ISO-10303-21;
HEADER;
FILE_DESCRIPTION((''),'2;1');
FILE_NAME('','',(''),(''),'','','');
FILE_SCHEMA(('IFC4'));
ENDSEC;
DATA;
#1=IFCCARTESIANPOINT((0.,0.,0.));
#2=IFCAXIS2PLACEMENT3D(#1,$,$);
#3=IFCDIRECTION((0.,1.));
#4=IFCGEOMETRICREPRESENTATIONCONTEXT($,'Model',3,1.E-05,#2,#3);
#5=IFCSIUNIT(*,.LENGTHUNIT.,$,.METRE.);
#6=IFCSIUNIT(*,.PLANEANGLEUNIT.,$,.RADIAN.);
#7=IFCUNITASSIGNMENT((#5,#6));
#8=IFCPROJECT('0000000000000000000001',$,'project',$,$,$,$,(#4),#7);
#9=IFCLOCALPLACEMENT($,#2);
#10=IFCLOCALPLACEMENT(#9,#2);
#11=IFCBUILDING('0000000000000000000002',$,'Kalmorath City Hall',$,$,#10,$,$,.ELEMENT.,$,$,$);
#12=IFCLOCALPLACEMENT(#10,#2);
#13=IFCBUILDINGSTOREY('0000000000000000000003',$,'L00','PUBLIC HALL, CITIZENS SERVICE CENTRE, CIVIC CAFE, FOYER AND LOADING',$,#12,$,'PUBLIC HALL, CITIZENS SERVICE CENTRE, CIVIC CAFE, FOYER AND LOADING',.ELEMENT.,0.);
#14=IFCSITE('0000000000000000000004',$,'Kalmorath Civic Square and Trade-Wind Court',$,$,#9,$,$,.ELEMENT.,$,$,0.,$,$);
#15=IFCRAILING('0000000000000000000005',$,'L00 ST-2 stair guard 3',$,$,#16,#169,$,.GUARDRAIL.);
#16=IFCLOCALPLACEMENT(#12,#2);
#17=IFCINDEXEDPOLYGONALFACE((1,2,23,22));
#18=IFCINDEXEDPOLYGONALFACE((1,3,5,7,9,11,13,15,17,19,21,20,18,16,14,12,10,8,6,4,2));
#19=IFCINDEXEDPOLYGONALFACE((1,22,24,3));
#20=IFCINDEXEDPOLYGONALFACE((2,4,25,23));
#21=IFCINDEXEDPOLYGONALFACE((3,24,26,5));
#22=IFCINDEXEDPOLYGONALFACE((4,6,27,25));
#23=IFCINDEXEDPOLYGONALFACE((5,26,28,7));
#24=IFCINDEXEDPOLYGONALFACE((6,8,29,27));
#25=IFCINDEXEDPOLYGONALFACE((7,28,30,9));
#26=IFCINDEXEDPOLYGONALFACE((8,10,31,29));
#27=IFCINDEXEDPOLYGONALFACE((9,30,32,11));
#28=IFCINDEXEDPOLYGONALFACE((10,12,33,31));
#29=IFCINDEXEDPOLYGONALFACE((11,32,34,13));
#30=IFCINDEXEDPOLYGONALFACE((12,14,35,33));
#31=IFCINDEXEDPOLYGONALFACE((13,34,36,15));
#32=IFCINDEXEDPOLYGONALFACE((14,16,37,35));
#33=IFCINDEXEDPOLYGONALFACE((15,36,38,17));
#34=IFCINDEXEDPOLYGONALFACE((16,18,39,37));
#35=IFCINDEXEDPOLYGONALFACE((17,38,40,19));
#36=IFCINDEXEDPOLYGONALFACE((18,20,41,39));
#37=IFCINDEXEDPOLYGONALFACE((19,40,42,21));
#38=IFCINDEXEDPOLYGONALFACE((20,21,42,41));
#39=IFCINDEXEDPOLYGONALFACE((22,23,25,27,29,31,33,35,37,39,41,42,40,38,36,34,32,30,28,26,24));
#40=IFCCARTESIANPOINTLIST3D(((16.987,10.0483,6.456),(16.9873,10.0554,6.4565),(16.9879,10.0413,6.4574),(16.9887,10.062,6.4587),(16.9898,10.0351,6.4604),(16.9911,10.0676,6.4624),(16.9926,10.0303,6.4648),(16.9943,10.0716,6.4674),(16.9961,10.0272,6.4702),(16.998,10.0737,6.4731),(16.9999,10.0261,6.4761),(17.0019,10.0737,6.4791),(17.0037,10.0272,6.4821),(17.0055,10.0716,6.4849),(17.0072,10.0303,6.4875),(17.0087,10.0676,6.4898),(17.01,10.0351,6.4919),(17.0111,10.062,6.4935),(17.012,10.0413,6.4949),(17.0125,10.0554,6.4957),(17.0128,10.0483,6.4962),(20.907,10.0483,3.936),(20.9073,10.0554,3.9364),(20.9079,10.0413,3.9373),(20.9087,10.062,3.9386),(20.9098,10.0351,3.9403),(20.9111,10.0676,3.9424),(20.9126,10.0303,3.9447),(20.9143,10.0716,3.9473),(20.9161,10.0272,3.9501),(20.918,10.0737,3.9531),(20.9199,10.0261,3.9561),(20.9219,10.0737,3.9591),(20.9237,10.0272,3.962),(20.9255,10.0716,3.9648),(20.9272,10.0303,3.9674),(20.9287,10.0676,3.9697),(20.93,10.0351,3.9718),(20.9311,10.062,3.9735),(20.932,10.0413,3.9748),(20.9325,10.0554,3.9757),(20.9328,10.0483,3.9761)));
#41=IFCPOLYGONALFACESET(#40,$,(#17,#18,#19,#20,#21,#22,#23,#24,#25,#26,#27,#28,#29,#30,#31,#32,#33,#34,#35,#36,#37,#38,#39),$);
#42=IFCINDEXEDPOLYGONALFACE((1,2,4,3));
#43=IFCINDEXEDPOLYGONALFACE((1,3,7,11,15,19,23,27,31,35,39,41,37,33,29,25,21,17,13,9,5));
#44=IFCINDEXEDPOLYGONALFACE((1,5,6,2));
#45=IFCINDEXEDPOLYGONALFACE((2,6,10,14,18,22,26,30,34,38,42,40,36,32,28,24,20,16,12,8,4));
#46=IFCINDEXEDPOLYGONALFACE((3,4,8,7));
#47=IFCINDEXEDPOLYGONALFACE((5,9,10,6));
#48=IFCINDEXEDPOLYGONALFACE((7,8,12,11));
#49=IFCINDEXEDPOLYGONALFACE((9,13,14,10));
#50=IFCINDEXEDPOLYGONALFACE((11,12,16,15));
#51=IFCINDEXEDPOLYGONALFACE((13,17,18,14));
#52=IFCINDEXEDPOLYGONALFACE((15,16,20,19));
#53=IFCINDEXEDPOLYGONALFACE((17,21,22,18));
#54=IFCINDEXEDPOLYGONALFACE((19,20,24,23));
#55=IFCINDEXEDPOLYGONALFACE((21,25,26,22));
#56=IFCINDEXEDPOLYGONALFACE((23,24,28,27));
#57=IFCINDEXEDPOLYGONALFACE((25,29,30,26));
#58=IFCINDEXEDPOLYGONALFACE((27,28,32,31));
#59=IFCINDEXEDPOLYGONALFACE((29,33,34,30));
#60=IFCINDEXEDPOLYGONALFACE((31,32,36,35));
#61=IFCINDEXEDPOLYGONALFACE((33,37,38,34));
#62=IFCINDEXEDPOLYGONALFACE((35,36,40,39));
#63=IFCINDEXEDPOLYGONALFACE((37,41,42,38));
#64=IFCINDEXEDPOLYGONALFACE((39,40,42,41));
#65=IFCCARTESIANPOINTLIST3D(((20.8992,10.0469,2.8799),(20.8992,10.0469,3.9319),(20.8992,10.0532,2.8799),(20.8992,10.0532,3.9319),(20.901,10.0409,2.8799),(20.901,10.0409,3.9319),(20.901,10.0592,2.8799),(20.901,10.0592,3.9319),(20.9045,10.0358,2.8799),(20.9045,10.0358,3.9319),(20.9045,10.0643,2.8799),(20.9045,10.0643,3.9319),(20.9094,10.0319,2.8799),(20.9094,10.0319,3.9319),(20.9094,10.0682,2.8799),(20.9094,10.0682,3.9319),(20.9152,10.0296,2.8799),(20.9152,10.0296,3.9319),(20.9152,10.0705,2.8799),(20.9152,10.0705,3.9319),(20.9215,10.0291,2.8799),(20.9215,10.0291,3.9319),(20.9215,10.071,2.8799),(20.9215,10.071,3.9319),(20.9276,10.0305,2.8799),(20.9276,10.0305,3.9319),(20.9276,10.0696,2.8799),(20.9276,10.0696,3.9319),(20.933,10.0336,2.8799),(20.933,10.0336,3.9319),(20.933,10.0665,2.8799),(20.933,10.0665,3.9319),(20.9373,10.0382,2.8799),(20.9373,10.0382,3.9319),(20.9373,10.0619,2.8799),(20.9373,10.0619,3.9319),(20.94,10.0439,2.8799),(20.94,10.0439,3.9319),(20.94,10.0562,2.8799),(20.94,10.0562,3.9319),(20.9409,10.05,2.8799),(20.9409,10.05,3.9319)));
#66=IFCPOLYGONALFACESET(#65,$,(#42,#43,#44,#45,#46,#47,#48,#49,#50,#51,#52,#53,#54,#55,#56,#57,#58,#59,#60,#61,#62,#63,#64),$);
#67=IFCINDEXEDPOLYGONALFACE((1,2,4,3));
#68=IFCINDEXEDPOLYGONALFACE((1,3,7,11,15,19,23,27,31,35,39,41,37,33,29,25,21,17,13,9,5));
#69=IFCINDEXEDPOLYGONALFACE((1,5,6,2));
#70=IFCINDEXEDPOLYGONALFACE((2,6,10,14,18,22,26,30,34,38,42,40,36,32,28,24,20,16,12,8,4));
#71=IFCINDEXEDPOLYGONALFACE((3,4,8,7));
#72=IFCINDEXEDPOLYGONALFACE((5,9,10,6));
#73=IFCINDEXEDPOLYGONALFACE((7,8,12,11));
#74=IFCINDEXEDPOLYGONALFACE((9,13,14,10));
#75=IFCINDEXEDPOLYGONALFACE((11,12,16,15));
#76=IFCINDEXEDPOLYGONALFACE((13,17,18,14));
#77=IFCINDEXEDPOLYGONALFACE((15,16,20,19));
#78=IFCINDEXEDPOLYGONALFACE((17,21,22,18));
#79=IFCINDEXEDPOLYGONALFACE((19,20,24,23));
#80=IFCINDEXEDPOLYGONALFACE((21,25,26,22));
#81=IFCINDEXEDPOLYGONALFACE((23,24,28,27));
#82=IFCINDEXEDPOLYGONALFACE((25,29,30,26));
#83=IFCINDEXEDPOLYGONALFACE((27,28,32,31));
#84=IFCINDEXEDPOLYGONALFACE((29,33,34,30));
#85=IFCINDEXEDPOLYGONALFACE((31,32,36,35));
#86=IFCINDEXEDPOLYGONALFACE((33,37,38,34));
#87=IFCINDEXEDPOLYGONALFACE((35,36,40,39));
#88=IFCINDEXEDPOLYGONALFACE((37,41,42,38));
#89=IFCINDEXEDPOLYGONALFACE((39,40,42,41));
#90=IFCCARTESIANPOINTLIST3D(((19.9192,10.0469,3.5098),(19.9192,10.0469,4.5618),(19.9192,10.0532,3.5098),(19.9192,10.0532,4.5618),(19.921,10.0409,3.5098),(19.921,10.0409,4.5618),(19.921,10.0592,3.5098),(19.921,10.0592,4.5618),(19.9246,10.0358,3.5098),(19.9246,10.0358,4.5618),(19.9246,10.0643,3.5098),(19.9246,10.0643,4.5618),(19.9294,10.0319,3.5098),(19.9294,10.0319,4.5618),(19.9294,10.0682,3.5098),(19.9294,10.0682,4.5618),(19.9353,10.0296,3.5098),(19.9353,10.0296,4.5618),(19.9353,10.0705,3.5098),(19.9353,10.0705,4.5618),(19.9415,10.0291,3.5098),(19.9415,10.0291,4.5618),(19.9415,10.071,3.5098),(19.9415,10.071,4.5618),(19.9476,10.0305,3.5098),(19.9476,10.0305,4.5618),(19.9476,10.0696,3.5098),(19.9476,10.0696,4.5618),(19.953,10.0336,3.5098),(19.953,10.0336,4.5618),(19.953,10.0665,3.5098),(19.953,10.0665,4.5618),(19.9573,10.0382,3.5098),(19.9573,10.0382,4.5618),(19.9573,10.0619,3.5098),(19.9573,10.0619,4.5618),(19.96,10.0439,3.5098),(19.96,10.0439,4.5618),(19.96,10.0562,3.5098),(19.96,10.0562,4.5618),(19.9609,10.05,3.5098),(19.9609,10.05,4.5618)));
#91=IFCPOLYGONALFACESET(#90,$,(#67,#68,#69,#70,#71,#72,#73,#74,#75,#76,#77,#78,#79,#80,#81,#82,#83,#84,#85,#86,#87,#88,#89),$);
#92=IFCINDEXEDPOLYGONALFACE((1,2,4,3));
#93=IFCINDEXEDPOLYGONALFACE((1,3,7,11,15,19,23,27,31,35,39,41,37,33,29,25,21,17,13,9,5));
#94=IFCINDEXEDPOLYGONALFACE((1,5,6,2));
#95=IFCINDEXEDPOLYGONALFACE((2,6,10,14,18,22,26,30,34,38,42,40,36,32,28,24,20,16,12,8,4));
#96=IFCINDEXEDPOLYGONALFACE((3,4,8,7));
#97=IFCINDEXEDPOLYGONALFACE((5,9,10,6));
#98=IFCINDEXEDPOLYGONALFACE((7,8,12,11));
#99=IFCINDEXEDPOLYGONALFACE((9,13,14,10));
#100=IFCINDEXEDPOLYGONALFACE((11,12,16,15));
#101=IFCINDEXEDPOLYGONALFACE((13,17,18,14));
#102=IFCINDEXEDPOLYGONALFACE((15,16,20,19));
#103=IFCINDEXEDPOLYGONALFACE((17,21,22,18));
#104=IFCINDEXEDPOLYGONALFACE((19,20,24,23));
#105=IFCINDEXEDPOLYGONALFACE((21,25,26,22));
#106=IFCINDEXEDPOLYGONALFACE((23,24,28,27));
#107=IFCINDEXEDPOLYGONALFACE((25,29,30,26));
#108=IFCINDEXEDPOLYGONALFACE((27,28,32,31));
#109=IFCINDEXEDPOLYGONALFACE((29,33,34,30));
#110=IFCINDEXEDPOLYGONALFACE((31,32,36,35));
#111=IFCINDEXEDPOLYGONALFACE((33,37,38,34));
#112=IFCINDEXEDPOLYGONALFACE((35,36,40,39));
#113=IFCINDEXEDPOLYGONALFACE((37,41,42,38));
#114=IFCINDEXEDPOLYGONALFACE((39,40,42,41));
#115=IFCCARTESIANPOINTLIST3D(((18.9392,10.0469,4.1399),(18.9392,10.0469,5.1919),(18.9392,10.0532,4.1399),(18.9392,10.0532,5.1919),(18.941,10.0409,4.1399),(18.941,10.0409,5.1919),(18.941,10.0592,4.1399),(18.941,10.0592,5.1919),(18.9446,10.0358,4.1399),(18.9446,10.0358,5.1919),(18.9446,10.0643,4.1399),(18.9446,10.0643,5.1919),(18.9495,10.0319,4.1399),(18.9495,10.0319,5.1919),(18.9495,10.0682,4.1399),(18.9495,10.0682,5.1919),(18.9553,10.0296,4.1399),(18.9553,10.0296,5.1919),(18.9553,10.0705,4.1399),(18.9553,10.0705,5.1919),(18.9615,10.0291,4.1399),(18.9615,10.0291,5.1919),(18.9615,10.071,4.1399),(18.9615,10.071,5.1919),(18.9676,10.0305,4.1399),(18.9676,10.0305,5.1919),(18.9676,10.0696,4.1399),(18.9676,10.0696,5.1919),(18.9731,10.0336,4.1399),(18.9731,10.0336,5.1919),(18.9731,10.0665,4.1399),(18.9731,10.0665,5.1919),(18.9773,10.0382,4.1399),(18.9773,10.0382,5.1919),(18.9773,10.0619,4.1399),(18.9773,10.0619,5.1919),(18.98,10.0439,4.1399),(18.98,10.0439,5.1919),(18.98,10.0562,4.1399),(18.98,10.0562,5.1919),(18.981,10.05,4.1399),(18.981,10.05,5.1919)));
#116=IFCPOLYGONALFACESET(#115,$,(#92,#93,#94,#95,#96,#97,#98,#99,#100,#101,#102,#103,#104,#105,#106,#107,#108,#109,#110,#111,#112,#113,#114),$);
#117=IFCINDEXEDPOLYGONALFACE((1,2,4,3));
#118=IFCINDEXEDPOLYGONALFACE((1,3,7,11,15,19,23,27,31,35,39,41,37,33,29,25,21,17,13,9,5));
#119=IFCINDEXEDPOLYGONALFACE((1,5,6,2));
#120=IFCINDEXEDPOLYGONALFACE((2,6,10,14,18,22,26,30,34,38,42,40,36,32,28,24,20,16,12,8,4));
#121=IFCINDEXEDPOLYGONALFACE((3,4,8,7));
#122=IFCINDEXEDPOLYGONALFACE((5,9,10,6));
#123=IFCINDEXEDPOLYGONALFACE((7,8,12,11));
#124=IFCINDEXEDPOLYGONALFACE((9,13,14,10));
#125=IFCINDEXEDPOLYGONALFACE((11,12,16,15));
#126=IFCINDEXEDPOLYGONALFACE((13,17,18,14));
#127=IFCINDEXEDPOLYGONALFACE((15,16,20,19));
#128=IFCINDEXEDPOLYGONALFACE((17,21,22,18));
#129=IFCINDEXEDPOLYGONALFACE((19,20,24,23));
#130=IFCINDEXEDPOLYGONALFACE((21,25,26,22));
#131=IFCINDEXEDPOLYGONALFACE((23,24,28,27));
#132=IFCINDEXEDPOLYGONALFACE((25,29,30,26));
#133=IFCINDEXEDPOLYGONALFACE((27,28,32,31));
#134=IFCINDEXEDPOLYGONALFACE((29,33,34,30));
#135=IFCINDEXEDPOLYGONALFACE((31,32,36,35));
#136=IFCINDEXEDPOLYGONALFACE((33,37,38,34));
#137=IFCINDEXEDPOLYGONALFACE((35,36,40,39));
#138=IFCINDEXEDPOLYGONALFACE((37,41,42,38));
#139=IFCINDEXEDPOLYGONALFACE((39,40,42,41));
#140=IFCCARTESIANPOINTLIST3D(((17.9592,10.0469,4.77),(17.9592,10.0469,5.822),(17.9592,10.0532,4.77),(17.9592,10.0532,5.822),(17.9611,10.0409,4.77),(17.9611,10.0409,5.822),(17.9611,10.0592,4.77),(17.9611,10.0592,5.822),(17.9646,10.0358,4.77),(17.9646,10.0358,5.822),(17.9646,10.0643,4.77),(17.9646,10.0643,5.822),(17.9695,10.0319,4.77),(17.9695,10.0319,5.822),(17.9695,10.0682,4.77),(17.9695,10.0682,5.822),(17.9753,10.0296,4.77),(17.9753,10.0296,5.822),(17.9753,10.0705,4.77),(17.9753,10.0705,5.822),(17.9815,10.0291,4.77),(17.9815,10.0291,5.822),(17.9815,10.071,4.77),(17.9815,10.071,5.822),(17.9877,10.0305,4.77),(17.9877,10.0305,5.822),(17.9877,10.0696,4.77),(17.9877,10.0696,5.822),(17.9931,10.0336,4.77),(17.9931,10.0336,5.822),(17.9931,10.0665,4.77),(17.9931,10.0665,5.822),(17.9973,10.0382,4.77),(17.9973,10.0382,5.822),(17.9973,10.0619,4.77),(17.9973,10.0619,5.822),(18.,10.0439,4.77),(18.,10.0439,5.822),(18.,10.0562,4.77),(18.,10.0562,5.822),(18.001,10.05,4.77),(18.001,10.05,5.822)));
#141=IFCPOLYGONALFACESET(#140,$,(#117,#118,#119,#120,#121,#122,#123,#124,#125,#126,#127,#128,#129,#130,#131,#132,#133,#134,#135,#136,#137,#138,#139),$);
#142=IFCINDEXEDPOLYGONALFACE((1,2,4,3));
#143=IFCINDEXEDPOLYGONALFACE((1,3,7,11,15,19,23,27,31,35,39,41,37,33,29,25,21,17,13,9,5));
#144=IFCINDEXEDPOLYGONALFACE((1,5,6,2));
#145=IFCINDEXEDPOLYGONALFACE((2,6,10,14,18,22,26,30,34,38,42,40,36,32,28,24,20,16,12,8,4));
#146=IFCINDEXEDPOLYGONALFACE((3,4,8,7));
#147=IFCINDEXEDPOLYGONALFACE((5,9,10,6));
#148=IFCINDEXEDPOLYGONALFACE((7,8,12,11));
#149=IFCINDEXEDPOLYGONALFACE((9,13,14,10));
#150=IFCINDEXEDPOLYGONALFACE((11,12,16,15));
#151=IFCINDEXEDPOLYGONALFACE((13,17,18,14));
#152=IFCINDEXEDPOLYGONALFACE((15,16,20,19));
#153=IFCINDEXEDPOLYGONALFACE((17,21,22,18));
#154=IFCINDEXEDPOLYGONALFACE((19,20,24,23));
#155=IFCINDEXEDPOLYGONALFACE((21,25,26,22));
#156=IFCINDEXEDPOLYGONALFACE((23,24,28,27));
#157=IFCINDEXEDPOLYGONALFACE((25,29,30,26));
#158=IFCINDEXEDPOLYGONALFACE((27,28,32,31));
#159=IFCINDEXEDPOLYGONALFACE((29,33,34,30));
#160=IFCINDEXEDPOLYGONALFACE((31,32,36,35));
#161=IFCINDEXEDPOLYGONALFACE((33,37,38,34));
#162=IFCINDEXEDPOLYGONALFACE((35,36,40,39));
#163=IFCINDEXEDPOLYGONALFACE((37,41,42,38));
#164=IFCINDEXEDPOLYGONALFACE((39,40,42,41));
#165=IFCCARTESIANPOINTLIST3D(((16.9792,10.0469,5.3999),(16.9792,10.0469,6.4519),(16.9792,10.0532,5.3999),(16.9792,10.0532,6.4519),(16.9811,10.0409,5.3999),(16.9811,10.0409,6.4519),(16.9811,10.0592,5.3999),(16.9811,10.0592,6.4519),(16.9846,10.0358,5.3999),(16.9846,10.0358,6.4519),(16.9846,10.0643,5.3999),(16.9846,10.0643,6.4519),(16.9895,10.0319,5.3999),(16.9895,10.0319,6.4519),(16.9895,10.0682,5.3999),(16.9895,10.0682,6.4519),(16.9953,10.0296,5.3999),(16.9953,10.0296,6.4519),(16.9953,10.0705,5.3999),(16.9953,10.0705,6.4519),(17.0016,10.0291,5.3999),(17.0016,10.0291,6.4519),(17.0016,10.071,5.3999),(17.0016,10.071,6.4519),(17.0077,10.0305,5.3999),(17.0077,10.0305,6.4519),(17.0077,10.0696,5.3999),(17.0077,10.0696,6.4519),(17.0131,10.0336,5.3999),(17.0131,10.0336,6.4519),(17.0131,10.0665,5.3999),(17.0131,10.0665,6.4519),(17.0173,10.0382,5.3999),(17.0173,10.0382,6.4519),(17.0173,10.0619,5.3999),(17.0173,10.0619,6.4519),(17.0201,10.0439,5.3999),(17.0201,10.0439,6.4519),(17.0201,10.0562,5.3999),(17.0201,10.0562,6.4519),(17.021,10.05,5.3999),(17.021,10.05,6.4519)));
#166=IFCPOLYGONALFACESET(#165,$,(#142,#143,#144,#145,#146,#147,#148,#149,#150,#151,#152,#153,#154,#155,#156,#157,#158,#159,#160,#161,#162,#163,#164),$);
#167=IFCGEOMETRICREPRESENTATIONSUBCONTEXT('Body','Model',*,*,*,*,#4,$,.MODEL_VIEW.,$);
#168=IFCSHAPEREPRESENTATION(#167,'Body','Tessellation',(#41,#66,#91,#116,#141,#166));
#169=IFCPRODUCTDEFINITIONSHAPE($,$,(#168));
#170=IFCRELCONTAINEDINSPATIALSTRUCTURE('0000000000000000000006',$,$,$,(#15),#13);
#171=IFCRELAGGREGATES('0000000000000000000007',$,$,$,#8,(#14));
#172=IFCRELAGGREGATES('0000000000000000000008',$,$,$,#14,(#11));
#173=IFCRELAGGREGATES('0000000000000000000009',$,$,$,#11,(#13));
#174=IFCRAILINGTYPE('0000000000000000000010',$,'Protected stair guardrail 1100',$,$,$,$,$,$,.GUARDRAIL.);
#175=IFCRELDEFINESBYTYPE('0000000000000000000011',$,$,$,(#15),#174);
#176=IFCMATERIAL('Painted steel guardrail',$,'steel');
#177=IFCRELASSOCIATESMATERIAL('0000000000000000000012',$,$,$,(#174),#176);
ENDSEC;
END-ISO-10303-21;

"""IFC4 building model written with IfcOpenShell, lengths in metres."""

from ifc_helpers import new_model, si_unit, direction, frame, origin, origin_2d, place, context, subcontext, project, spatial, circle, extrude, material, type_object, element, save


model = new_model("IFC4")

# Units and contexts
model_context = context("Model", 3, precision=1e-05, world=origin(), true_north=direction((0.0, 1.0)))
body_context = subcontext(model_context, "Body", "Model", "MODEL_VIEW")
ifc_project = project(units=[si_unit("LENGTHUNIT", "METRE"), si_unit("PLANEANGLEUNIT", "RADIAN")], contexts=[model_context])

# Site, building, storey
site_placement = place(None, origin())
site = spatial("IfcSite", under=ifc_project, at=site_placement, Name="Kalmorath Civic Square and Trade-Wind Court", CompositionType="ELEMENT", RefElevation=0.0)
building_placement = place(site_placement, origin())
building = spatial("IfcBuilding", under=site, at=building_placement, Name="Kalmorath City Hall", CompositionType="ELEMENT")
storey_placement = place(building_placement, origin())
storey = spatial("IfcBuildingStorey", under=building, at=storey_placement, Name="L00", Description="PUBLIC HALL, CITIZENS SERVICE CENTRE, CIVIC CAFE, FOYER AND LOADING", LongName="PUBLIC HALL, CITIZENS SERVICE CENTRE, CIVIC CAFE, FOYER AND LOADING", CompositionType="ELEMENT", Elevation=0.0)

# Railing
ifc_material_1 = material(Name="Painted steel guardrail", Category="steel")
railing_type_1 = type_object("IfcRailingType", Name="Protected stair guardrail 1100", PredefinedType="GUARDRAIL", material=ifc_material_1)
railing_1_placement = place(storey_placement, frame((20.9199, 10.05, 2.8799)))
element("IfcRailing", 1, at=railing_1_placement, inside=storey, type_object=railing_type_1, Name="L00 ST-2 stair guard 3", PredefinedType="GUARDRAIL", context=body_context, shape_type="SweptSolid", body=[
    extrude(circle(Radius=0.0239, at=origin_2d()), frame((0.0, 0.0, 1.0762), z_axis=(-0.841172, 0.0, 0.540768), x_axis=(0.0, -1.0, 0.0)), (0.0, 0.0, 1.0), 4.6602),
    extrude(circle(Radius=0.021, at=origin_2d()), origin(), (0.0, 0.0, 1.0), 1.052),
    extrude(circle(Radius=0.021, at=origin_2d()), frame((-0.98, 0.0, 0.6299)), (0.0, 0.0, 1.0), 1.052),
    extrude(circle(Radius=0.021, at=origin_2d()), frame((-1.96, 0.0, 1.26)), (0.0, 0.0, 1.0), 1.052),
    extrude(circle(Radius=0.021, at=origin_2d()), frame((-2.9399, 0.0, 1.8901)), (0.0, 0.0, 1.0), 1.052),
    extrude(circle(Radius=0.021, at=origin_2d()), frame((-3.9199, 0.0, 2.52)), (0.0, 0.0, 1.0), 1.052),
])

save(model, "model.ifc")
